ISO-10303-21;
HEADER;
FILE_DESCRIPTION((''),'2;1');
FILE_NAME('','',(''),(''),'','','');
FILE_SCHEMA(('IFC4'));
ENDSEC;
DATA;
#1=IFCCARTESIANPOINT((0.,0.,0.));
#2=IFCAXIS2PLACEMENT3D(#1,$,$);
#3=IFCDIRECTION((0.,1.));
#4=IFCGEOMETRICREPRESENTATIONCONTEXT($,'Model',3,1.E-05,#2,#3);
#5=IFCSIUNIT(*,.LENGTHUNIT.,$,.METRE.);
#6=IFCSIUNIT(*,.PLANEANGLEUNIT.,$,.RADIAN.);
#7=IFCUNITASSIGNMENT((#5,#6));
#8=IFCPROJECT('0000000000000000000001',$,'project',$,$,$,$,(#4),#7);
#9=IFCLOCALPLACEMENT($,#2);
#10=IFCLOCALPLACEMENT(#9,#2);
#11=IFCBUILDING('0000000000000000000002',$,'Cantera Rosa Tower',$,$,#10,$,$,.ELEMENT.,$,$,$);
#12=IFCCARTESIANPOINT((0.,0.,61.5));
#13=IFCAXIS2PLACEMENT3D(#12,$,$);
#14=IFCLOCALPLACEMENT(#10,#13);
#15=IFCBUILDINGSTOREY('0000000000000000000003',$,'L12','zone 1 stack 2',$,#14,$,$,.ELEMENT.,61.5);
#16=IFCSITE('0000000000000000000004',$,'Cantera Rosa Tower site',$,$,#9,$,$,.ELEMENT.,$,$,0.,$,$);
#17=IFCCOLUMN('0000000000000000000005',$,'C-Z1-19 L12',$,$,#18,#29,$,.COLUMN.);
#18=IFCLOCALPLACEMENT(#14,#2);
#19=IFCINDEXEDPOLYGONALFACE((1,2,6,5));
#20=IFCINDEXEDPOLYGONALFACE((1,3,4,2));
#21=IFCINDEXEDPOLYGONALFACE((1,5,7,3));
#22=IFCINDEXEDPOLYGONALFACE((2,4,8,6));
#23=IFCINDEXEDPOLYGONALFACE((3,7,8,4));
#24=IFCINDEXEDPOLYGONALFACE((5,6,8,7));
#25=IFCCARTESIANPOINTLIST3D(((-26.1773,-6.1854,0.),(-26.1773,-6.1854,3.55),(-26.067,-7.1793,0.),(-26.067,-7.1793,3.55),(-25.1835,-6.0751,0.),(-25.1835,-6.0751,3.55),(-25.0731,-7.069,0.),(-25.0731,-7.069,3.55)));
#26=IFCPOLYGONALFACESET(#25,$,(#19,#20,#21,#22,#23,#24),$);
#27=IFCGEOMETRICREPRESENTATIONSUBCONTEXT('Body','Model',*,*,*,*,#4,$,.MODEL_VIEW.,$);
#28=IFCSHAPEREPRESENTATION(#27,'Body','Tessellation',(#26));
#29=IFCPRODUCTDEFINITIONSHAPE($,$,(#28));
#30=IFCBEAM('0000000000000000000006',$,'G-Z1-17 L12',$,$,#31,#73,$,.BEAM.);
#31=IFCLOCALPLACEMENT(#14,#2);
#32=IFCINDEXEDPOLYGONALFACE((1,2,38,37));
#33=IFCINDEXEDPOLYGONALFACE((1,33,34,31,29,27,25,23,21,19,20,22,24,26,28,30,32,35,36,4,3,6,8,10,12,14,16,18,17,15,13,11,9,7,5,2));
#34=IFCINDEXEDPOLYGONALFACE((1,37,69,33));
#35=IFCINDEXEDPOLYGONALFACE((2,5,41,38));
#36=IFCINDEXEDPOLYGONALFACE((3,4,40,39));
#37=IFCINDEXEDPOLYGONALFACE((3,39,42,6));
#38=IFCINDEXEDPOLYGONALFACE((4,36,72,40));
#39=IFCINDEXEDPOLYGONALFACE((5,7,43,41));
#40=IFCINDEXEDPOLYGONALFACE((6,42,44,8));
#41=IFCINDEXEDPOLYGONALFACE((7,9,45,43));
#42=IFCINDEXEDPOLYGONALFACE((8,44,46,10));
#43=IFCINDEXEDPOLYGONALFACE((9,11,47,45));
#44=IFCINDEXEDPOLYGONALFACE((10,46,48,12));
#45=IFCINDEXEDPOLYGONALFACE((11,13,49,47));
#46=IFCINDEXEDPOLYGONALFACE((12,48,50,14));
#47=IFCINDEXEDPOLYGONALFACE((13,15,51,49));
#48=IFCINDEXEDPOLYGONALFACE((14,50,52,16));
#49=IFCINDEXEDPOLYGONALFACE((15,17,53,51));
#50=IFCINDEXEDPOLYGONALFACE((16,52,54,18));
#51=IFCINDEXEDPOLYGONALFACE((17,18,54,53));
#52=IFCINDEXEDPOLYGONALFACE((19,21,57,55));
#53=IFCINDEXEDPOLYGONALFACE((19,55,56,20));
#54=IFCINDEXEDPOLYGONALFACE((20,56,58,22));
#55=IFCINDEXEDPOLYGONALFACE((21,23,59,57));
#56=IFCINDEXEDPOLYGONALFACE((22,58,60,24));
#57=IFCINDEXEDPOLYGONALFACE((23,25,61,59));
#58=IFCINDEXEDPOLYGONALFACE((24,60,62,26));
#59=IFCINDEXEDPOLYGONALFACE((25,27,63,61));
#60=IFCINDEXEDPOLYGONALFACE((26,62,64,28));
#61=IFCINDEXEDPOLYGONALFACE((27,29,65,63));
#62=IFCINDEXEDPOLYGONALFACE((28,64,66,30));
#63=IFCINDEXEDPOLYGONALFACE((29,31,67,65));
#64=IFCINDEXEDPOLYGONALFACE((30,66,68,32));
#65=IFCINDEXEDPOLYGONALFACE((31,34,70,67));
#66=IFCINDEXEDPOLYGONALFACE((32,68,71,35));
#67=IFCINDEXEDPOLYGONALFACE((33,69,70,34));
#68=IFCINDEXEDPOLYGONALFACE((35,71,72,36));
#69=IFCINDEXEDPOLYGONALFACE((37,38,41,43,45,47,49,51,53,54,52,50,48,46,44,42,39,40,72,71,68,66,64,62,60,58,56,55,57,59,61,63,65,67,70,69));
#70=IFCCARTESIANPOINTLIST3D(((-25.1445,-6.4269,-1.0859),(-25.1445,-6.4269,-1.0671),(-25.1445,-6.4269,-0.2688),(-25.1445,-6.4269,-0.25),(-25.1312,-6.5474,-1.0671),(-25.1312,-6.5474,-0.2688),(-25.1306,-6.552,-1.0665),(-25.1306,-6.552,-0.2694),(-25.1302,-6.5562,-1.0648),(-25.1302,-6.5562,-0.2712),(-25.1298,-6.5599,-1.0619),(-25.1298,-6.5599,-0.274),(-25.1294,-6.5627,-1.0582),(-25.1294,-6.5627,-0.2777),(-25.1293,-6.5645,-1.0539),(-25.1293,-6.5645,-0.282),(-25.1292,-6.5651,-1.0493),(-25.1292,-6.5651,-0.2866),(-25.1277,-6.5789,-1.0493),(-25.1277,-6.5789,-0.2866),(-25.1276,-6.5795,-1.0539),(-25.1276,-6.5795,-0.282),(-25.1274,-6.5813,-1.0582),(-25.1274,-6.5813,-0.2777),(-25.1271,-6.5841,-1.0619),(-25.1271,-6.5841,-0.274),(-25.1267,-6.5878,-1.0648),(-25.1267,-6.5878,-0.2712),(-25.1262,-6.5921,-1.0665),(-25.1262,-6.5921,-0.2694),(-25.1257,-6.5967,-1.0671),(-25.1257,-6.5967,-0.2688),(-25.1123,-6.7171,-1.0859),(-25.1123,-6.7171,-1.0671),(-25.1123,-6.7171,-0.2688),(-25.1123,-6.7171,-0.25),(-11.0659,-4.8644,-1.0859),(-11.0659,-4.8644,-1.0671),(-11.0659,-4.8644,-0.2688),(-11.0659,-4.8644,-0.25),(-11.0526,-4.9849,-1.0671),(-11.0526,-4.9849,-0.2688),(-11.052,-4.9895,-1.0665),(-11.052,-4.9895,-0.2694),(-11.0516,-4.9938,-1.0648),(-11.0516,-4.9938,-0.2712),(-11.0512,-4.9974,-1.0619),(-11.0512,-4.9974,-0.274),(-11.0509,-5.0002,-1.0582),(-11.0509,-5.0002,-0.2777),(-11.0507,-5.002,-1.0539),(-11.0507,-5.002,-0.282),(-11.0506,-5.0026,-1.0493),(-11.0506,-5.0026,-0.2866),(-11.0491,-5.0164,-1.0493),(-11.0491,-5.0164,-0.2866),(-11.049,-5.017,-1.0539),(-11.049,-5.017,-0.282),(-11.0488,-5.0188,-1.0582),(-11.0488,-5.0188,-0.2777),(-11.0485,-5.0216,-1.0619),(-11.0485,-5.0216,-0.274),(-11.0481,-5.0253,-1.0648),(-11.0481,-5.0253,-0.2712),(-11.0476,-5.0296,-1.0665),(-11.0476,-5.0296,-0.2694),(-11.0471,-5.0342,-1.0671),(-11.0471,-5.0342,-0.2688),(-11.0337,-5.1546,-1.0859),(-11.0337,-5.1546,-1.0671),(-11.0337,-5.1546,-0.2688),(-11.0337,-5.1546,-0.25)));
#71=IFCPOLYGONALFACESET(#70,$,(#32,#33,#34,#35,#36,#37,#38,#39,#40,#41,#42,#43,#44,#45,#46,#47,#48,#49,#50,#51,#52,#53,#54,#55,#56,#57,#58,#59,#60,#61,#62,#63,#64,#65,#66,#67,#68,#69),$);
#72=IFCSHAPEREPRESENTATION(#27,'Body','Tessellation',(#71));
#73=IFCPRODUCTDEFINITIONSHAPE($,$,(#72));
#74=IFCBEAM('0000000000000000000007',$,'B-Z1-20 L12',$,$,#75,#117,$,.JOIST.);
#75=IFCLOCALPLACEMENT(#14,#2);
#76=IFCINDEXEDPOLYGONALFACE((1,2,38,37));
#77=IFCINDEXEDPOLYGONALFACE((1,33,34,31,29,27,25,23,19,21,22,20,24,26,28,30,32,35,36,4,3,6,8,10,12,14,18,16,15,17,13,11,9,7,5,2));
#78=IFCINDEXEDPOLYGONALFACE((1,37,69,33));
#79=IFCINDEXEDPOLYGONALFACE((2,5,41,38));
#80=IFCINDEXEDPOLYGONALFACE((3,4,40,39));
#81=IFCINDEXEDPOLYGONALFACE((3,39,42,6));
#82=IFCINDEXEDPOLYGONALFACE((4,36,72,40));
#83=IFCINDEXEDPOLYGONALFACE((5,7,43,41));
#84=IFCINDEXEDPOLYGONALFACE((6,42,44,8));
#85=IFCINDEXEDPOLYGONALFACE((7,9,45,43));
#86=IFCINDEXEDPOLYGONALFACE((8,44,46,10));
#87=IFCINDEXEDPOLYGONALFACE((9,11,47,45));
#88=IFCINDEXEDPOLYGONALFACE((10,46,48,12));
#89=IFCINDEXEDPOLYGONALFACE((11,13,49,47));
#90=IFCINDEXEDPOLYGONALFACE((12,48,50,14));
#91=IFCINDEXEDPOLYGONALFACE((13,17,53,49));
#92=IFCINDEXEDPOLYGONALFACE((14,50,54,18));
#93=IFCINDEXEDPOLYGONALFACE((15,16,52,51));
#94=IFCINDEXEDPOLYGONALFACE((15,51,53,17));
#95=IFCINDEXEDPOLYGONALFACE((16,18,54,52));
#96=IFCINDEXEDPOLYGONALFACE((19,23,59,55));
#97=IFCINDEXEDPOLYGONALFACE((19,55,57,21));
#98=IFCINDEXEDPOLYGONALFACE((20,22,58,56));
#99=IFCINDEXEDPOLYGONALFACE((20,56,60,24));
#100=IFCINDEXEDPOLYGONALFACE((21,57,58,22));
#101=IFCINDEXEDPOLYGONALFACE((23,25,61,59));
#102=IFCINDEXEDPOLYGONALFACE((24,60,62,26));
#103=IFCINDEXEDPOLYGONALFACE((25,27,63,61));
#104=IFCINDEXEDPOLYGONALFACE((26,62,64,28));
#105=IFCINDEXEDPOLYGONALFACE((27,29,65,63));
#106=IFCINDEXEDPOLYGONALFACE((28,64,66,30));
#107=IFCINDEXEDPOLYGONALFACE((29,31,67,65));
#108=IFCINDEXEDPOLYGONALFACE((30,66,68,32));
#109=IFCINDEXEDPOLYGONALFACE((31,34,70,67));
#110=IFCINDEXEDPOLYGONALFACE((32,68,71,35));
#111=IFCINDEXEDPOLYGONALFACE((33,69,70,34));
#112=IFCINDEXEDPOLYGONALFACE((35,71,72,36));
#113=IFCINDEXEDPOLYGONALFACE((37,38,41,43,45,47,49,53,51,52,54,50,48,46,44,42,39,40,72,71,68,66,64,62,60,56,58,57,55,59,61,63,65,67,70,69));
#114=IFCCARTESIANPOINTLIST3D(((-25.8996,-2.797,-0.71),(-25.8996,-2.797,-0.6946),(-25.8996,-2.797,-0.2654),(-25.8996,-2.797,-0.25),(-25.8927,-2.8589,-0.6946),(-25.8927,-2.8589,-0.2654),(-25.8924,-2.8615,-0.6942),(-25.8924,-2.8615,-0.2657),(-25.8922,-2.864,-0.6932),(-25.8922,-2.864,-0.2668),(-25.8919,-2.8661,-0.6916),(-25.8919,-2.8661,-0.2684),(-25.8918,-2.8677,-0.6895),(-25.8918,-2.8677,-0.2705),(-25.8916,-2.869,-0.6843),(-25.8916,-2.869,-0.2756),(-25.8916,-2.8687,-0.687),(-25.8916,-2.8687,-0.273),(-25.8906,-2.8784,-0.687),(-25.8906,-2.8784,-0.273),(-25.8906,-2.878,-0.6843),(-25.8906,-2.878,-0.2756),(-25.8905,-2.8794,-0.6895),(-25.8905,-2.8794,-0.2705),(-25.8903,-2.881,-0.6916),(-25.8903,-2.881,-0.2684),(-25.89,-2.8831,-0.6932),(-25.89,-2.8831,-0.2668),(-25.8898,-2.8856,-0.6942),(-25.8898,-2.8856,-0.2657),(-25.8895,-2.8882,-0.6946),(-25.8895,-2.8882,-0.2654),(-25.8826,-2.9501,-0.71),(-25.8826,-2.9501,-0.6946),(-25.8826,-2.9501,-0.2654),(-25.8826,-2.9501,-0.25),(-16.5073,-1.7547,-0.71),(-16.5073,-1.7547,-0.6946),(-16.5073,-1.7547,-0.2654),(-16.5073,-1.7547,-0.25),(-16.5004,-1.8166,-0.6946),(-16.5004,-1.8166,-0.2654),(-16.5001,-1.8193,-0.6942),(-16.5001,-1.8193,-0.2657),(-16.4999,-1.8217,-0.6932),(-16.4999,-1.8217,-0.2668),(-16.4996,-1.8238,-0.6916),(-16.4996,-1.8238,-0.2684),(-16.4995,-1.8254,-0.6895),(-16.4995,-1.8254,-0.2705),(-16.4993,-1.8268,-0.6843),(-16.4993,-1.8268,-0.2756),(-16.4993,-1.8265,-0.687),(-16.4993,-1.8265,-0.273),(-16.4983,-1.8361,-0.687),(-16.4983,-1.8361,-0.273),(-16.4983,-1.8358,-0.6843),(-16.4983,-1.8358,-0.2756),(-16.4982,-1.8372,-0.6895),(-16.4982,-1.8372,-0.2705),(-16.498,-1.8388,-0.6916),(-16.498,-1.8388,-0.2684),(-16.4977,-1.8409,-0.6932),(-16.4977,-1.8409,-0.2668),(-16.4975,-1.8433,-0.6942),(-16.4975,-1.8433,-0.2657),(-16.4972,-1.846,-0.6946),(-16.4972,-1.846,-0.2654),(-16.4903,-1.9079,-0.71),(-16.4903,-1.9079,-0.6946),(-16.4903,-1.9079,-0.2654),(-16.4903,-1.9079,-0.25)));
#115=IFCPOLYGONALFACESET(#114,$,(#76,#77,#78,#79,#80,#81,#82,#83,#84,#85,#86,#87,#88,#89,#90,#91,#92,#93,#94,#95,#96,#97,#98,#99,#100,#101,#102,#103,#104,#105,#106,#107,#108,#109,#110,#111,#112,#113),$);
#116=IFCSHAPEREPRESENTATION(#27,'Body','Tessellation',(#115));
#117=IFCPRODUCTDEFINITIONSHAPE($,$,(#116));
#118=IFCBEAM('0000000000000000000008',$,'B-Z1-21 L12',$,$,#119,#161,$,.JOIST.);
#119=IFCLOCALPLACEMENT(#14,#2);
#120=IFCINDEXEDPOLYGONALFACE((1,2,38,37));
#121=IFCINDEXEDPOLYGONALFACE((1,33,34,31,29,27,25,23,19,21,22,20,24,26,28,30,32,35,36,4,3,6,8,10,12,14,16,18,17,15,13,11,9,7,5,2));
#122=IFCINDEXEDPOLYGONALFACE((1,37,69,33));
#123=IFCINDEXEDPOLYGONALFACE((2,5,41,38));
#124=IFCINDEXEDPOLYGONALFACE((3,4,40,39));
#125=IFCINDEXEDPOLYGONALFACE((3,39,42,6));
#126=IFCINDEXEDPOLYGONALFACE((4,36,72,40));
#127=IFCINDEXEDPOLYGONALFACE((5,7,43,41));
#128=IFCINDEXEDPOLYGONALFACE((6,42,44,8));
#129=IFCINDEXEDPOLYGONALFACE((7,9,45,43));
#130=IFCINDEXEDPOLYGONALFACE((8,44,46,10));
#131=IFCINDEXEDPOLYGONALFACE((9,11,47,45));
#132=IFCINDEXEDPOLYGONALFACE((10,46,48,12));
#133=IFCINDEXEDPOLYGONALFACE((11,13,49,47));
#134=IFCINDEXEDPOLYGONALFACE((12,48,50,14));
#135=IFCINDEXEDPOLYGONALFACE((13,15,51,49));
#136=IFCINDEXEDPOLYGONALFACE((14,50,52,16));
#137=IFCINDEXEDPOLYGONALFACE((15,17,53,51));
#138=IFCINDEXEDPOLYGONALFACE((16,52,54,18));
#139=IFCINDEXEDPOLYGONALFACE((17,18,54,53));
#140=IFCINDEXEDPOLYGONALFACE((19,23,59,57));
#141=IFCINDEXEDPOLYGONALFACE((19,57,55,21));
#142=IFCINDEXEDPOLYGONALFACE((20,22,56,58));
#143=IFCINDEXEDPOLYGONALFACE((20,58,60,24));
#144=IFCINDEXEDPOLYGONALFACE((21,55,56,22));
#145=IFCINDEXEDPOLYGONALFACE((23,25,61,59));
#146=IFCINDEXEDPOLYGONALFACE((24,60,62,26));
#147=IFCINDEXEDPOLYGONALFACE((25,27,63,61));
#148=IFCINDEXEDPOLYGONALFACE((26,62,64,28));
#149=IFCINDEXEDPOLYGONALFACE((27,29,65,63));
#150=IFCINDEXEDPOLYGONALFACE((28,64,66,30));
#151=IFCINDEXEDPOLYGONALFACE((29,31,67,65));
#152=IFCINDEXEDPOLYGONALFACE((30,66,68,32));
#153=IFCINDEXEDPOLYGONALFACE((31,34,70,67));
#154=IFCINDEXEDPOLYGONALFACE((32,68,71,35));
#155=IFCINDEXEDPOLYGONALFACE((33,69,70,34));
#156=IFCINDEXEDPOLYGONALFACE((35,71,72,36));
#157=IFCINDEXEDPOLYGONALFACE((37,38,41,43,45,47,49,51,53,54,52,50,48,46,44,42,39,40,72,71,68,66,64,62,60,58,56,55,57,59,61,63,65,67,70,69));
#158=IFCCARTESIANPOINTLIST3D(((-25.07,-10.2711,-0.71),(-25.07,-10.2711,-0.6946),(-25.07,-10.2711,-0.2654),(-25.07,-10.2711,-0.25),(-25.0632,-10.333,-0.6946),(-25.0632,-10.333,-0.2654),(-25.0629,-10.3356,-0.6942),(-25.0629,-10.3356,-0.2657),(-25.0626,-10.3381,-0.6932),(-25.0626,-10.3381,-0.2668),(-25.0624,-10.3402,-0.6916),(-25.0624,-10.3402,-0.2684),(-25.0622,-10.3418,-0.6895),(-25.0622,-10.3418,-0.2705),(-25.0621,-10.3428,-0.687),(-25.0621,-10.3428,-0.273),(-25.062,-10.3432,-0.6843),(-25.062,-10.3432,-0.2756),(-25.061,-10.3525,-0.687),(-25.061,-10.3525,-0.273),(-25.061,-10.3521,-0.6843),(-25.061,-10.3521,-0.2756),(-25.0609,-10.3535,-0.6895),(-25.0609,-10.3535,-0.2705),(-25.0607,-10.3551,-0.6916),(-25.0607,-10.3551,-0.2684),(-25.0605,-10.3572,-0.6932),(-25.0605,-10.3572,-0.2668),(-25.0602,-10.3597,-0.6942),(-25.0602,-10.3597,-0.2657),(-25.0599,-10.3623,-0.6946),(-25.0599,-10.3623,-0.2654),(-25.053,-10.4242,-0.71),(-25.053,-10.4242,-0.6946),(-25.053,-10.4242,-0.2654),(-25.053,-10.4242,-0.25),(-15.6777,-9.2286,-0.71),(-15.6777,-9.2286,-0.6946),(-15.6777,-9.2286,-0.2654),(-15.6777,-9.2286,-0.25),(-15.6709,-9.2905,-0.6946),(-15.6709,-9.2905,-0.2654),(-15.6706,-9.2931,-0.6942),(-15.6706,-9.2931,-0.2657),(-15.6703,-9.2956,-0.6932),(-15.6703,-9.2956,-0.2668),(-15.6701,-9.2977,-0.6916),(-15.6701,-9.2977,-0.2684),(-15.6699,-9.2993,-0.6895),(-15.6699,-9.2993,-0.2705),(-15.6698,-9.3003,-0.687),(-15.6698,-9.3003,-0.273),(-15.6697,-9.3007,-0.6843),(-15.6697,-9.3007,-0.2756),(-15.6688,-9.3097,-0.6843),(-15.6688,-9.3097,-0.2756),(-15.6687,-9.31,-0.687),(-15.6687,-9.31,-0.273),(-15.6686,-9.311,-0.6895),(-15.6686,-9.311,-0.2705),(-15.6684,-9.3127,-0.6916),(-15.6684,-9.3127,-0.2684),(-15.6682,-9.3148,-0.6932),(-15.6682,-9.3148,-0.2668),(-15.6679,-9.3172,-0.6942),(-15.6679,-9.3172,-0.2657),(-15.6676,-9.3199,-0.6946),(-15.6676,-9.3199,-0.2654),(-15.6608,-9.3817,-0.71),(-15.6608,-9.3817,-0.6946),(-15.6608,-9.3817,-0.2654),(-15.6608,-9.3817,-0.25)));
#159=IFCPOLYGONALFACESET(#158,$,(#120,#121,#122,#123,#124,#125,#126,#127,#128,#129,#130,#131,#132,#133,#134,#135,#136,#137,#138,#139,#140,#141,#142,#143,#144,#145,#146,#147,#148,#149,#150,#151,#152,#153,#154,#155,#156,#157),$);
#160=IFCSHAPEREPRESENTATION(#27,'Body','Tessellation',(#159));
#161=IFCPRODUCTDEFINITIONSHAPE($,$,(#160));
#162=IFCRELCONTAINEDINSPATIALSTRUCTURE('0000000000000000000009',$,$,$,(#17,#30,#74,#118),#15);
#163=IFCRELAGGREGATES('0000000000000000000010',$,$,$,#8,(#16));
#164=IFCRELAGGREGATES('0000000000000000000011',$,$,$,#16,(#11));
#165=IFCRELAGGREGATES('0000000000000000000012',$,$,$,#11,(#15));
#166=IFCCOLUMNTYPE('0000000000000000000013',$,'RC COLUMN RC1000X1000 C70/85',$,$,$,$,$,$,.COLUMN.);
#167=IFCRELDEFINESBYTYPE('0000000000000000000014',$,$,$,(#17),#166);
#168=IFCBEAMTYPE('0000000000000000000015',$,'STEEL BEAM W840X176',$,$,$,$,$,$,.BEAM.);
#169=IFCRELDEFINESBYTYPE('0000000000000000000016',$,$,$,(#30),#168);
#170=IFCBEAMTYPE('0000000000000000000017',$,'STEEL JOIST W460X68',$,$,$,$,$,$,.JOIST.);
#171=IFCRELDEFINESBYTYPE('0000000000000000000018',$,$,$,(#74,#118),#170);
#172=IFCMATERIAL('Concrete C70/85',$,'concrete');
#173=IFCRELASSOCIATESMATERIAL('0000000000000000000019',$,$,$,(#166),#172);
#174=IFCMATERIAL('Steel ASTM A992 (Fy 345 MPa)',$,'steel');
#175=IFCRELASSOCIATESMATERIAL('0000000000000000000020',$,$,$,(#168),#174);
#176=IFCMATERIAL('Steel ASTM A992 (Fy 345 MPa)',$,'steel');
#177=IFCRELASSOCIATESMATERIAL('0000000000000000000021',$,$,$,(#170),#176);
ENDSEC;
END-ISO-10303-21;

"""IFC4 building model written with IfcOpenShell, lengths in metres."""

from ifc_helpers import new_model, si_unit, direction, frame, origin, origin_2d, place, context, subcontext, project, spatial, rectangle, i_section, extrude, material, material_profile, profile_set, type_object, element, save


model = new_model("IFC4")

# Units and contexts
model_context = context("Model", 3, precision=1e-05, world=origin(), true_north=direction((0.0, 1.0)))
body_context = subcontext(model_context, "Body", "Model", "MODEL_VIEW")
ifc_project = project(units=[si_unit("LENGTHUNIT", "METRE"), si_unit("PLANEANGLEUNIT", "RADIAN")], contexts=[model_context])

# Site, building, storey
site_placement = place(None, origin())
site = spatial("IfcSite", under=ifc_project, at=site_placement, Name="Cantera Rosa Tower site", CompositionType="ELEMENT", RefElevation=0.0)
building_placement = place(site_placement, origin())
building = spatial("IfcBuilding", under=site, at=building_placement, Name="Cantera Rosa Tower", CompositionType="ELEMENT")
storey_placement = place(building_placement, frame((0.0, 0.0, 61.5)))
storey = spatial("IfcBuildingStorey", under=building, at=storey_placement, Name="L12", Description="zone 1 stack 2", CompositionType="ELEMENT", Elevation=61.5)

# Column
ifc_material_1 = material(Name="Concrete C70/85", Category="concrete")
ifc_material_profile_1 = material_profile(ifc_material_1, rectangle(XDim=1.0, YDim=1.0, at=origin_2d()), Name="RC COLUMN RC1000X1000 C70/85")
ifc_profile_set_1 = profile_set([ifc_material_profile_1], Name="Concrete C70/85")
column_type = type_object("IfcColumnType", Name="RC COLUMN RC1000X1000 C70/85", PredefinedType="COLUMN", material=ifc_profile_set_1)
column_placement = place(storey_placement, frame((-25.6252, -6.6272, 0.0), z_axis=(0.0, 0.0, 1.0), x_axis=(0.993897, 0.110313, 0.0)))
element("IfcColumn", 1, at=column_placement, inside=storey, type_object=column_type, Name="C-Z1-19 L12", PredefinedType="COLUMN", context=body_context, shape_type="SweptSolid", body=[
    extrude(rectangle(XDim=1.0, YDim=1.0, at=origin_2d()), origin(), (0.0, 0.0, 1.0), 3.55),
])

# Beams
ifc_material_2 = material(Name="Steel ASTM A992 (Fy 345 MPa)", Category="steel")
ifc_material_profile_2 = material_profile(ifc_material_2, i_section(OverallWidth=0.292, OverallDepth=0.8359, WebThickness=0.0139, FlangeThickness=0.0188, FilletRadius=0.0178, at=origin_2d()), Name="W840X176")
ifc_profile_set_2 = profile_set([ifc_material_profile_2], Name="Steel ASTM A992 (Fy 345 MPa)")
beam_type_1 = type_object("IfcBeamType", Name="STEEL BEAM W840X176", PredefinedType="BEAM", material=ifc_profile_set_2)
beam_1_placement = place(storey_placement, frame((-25.1284, -6.572, -0.668), z_axis=(0.993898, 0.110307, 0.0), x_axis=(-0.110307, 0.993898, 0.0)))
element("IfcBeam", 2, at=beam_1_placement, inside=storey, type_object=beam_type_1, Name="G-Z1-17 L12", PredefinedType="BEAM", context=body_context, shape_type="SweptSolid", body=[
    extrude(i_section(OverallWidth=0.292, OverallDepth=0.8359, WebThickness=0.0139, FlangeThickness=0.0188, FilletRadius=0.0178, at=origin_2d()), origin(), (0.0, 0.0, 1.0), 14.165),
])
ifc_material_3 = material(Name="Steel ASTM A992 (Fy 345 MPa)", Category="steel")
ifc_material_profile_3 = material_profile(ifc_material_3, i_section(OverallWidth=0.1541, OverallDepth=0.46, WebThickness=0.009, FlangeThickness=0.0154, FilletRadius=0.0103, at=origin_2d()), Name="W460X68")
ifc_profile_set_3 = profile_set([ifc_material_profile_3], Name="Steel ASTM A992 (Fy 345 MPa)")
beam_type_2 = type_object("IfcBeamType", Name="STEEL JOIST W460X68", PredefinedType="JOIST", material=ifc_profile_set_3)
for number, where, z_axis, x_axis, name in (
    (3, (-25.8911, -2.8735, -0.48), (0.993899, 0.11029, 0.0), (-0.11029, 0.993899, 0.0), "B-Z1-20 L12"),
    (4, (-25.0615, -10.3477, -0.48), (0.993897, 0.110315, 0.0), (-0.110315, 0.993897, 0.0), "B-Z1-21 L12"),
):
    element("IfcBeam", number, at=place(storey_placement, frame(where, z_axis=z_axis, x_axis=x_axis)), inside=storey, type_object=beam_type_2, Name=name, PredefinedType="JOIST", context=body_context, shape_type="SweptSolid", body=[
        extrude(i_section(OverallWidth=0.1541, OverallDepth=0.46, WebThickness=0.009, FlangeThickness=0.0154, FilletRadius=0.0103, at=origin_2d()), origin(), (0.0, 0.0, 1.0), 9.45),
    ])

save(model, "model.ifc")
